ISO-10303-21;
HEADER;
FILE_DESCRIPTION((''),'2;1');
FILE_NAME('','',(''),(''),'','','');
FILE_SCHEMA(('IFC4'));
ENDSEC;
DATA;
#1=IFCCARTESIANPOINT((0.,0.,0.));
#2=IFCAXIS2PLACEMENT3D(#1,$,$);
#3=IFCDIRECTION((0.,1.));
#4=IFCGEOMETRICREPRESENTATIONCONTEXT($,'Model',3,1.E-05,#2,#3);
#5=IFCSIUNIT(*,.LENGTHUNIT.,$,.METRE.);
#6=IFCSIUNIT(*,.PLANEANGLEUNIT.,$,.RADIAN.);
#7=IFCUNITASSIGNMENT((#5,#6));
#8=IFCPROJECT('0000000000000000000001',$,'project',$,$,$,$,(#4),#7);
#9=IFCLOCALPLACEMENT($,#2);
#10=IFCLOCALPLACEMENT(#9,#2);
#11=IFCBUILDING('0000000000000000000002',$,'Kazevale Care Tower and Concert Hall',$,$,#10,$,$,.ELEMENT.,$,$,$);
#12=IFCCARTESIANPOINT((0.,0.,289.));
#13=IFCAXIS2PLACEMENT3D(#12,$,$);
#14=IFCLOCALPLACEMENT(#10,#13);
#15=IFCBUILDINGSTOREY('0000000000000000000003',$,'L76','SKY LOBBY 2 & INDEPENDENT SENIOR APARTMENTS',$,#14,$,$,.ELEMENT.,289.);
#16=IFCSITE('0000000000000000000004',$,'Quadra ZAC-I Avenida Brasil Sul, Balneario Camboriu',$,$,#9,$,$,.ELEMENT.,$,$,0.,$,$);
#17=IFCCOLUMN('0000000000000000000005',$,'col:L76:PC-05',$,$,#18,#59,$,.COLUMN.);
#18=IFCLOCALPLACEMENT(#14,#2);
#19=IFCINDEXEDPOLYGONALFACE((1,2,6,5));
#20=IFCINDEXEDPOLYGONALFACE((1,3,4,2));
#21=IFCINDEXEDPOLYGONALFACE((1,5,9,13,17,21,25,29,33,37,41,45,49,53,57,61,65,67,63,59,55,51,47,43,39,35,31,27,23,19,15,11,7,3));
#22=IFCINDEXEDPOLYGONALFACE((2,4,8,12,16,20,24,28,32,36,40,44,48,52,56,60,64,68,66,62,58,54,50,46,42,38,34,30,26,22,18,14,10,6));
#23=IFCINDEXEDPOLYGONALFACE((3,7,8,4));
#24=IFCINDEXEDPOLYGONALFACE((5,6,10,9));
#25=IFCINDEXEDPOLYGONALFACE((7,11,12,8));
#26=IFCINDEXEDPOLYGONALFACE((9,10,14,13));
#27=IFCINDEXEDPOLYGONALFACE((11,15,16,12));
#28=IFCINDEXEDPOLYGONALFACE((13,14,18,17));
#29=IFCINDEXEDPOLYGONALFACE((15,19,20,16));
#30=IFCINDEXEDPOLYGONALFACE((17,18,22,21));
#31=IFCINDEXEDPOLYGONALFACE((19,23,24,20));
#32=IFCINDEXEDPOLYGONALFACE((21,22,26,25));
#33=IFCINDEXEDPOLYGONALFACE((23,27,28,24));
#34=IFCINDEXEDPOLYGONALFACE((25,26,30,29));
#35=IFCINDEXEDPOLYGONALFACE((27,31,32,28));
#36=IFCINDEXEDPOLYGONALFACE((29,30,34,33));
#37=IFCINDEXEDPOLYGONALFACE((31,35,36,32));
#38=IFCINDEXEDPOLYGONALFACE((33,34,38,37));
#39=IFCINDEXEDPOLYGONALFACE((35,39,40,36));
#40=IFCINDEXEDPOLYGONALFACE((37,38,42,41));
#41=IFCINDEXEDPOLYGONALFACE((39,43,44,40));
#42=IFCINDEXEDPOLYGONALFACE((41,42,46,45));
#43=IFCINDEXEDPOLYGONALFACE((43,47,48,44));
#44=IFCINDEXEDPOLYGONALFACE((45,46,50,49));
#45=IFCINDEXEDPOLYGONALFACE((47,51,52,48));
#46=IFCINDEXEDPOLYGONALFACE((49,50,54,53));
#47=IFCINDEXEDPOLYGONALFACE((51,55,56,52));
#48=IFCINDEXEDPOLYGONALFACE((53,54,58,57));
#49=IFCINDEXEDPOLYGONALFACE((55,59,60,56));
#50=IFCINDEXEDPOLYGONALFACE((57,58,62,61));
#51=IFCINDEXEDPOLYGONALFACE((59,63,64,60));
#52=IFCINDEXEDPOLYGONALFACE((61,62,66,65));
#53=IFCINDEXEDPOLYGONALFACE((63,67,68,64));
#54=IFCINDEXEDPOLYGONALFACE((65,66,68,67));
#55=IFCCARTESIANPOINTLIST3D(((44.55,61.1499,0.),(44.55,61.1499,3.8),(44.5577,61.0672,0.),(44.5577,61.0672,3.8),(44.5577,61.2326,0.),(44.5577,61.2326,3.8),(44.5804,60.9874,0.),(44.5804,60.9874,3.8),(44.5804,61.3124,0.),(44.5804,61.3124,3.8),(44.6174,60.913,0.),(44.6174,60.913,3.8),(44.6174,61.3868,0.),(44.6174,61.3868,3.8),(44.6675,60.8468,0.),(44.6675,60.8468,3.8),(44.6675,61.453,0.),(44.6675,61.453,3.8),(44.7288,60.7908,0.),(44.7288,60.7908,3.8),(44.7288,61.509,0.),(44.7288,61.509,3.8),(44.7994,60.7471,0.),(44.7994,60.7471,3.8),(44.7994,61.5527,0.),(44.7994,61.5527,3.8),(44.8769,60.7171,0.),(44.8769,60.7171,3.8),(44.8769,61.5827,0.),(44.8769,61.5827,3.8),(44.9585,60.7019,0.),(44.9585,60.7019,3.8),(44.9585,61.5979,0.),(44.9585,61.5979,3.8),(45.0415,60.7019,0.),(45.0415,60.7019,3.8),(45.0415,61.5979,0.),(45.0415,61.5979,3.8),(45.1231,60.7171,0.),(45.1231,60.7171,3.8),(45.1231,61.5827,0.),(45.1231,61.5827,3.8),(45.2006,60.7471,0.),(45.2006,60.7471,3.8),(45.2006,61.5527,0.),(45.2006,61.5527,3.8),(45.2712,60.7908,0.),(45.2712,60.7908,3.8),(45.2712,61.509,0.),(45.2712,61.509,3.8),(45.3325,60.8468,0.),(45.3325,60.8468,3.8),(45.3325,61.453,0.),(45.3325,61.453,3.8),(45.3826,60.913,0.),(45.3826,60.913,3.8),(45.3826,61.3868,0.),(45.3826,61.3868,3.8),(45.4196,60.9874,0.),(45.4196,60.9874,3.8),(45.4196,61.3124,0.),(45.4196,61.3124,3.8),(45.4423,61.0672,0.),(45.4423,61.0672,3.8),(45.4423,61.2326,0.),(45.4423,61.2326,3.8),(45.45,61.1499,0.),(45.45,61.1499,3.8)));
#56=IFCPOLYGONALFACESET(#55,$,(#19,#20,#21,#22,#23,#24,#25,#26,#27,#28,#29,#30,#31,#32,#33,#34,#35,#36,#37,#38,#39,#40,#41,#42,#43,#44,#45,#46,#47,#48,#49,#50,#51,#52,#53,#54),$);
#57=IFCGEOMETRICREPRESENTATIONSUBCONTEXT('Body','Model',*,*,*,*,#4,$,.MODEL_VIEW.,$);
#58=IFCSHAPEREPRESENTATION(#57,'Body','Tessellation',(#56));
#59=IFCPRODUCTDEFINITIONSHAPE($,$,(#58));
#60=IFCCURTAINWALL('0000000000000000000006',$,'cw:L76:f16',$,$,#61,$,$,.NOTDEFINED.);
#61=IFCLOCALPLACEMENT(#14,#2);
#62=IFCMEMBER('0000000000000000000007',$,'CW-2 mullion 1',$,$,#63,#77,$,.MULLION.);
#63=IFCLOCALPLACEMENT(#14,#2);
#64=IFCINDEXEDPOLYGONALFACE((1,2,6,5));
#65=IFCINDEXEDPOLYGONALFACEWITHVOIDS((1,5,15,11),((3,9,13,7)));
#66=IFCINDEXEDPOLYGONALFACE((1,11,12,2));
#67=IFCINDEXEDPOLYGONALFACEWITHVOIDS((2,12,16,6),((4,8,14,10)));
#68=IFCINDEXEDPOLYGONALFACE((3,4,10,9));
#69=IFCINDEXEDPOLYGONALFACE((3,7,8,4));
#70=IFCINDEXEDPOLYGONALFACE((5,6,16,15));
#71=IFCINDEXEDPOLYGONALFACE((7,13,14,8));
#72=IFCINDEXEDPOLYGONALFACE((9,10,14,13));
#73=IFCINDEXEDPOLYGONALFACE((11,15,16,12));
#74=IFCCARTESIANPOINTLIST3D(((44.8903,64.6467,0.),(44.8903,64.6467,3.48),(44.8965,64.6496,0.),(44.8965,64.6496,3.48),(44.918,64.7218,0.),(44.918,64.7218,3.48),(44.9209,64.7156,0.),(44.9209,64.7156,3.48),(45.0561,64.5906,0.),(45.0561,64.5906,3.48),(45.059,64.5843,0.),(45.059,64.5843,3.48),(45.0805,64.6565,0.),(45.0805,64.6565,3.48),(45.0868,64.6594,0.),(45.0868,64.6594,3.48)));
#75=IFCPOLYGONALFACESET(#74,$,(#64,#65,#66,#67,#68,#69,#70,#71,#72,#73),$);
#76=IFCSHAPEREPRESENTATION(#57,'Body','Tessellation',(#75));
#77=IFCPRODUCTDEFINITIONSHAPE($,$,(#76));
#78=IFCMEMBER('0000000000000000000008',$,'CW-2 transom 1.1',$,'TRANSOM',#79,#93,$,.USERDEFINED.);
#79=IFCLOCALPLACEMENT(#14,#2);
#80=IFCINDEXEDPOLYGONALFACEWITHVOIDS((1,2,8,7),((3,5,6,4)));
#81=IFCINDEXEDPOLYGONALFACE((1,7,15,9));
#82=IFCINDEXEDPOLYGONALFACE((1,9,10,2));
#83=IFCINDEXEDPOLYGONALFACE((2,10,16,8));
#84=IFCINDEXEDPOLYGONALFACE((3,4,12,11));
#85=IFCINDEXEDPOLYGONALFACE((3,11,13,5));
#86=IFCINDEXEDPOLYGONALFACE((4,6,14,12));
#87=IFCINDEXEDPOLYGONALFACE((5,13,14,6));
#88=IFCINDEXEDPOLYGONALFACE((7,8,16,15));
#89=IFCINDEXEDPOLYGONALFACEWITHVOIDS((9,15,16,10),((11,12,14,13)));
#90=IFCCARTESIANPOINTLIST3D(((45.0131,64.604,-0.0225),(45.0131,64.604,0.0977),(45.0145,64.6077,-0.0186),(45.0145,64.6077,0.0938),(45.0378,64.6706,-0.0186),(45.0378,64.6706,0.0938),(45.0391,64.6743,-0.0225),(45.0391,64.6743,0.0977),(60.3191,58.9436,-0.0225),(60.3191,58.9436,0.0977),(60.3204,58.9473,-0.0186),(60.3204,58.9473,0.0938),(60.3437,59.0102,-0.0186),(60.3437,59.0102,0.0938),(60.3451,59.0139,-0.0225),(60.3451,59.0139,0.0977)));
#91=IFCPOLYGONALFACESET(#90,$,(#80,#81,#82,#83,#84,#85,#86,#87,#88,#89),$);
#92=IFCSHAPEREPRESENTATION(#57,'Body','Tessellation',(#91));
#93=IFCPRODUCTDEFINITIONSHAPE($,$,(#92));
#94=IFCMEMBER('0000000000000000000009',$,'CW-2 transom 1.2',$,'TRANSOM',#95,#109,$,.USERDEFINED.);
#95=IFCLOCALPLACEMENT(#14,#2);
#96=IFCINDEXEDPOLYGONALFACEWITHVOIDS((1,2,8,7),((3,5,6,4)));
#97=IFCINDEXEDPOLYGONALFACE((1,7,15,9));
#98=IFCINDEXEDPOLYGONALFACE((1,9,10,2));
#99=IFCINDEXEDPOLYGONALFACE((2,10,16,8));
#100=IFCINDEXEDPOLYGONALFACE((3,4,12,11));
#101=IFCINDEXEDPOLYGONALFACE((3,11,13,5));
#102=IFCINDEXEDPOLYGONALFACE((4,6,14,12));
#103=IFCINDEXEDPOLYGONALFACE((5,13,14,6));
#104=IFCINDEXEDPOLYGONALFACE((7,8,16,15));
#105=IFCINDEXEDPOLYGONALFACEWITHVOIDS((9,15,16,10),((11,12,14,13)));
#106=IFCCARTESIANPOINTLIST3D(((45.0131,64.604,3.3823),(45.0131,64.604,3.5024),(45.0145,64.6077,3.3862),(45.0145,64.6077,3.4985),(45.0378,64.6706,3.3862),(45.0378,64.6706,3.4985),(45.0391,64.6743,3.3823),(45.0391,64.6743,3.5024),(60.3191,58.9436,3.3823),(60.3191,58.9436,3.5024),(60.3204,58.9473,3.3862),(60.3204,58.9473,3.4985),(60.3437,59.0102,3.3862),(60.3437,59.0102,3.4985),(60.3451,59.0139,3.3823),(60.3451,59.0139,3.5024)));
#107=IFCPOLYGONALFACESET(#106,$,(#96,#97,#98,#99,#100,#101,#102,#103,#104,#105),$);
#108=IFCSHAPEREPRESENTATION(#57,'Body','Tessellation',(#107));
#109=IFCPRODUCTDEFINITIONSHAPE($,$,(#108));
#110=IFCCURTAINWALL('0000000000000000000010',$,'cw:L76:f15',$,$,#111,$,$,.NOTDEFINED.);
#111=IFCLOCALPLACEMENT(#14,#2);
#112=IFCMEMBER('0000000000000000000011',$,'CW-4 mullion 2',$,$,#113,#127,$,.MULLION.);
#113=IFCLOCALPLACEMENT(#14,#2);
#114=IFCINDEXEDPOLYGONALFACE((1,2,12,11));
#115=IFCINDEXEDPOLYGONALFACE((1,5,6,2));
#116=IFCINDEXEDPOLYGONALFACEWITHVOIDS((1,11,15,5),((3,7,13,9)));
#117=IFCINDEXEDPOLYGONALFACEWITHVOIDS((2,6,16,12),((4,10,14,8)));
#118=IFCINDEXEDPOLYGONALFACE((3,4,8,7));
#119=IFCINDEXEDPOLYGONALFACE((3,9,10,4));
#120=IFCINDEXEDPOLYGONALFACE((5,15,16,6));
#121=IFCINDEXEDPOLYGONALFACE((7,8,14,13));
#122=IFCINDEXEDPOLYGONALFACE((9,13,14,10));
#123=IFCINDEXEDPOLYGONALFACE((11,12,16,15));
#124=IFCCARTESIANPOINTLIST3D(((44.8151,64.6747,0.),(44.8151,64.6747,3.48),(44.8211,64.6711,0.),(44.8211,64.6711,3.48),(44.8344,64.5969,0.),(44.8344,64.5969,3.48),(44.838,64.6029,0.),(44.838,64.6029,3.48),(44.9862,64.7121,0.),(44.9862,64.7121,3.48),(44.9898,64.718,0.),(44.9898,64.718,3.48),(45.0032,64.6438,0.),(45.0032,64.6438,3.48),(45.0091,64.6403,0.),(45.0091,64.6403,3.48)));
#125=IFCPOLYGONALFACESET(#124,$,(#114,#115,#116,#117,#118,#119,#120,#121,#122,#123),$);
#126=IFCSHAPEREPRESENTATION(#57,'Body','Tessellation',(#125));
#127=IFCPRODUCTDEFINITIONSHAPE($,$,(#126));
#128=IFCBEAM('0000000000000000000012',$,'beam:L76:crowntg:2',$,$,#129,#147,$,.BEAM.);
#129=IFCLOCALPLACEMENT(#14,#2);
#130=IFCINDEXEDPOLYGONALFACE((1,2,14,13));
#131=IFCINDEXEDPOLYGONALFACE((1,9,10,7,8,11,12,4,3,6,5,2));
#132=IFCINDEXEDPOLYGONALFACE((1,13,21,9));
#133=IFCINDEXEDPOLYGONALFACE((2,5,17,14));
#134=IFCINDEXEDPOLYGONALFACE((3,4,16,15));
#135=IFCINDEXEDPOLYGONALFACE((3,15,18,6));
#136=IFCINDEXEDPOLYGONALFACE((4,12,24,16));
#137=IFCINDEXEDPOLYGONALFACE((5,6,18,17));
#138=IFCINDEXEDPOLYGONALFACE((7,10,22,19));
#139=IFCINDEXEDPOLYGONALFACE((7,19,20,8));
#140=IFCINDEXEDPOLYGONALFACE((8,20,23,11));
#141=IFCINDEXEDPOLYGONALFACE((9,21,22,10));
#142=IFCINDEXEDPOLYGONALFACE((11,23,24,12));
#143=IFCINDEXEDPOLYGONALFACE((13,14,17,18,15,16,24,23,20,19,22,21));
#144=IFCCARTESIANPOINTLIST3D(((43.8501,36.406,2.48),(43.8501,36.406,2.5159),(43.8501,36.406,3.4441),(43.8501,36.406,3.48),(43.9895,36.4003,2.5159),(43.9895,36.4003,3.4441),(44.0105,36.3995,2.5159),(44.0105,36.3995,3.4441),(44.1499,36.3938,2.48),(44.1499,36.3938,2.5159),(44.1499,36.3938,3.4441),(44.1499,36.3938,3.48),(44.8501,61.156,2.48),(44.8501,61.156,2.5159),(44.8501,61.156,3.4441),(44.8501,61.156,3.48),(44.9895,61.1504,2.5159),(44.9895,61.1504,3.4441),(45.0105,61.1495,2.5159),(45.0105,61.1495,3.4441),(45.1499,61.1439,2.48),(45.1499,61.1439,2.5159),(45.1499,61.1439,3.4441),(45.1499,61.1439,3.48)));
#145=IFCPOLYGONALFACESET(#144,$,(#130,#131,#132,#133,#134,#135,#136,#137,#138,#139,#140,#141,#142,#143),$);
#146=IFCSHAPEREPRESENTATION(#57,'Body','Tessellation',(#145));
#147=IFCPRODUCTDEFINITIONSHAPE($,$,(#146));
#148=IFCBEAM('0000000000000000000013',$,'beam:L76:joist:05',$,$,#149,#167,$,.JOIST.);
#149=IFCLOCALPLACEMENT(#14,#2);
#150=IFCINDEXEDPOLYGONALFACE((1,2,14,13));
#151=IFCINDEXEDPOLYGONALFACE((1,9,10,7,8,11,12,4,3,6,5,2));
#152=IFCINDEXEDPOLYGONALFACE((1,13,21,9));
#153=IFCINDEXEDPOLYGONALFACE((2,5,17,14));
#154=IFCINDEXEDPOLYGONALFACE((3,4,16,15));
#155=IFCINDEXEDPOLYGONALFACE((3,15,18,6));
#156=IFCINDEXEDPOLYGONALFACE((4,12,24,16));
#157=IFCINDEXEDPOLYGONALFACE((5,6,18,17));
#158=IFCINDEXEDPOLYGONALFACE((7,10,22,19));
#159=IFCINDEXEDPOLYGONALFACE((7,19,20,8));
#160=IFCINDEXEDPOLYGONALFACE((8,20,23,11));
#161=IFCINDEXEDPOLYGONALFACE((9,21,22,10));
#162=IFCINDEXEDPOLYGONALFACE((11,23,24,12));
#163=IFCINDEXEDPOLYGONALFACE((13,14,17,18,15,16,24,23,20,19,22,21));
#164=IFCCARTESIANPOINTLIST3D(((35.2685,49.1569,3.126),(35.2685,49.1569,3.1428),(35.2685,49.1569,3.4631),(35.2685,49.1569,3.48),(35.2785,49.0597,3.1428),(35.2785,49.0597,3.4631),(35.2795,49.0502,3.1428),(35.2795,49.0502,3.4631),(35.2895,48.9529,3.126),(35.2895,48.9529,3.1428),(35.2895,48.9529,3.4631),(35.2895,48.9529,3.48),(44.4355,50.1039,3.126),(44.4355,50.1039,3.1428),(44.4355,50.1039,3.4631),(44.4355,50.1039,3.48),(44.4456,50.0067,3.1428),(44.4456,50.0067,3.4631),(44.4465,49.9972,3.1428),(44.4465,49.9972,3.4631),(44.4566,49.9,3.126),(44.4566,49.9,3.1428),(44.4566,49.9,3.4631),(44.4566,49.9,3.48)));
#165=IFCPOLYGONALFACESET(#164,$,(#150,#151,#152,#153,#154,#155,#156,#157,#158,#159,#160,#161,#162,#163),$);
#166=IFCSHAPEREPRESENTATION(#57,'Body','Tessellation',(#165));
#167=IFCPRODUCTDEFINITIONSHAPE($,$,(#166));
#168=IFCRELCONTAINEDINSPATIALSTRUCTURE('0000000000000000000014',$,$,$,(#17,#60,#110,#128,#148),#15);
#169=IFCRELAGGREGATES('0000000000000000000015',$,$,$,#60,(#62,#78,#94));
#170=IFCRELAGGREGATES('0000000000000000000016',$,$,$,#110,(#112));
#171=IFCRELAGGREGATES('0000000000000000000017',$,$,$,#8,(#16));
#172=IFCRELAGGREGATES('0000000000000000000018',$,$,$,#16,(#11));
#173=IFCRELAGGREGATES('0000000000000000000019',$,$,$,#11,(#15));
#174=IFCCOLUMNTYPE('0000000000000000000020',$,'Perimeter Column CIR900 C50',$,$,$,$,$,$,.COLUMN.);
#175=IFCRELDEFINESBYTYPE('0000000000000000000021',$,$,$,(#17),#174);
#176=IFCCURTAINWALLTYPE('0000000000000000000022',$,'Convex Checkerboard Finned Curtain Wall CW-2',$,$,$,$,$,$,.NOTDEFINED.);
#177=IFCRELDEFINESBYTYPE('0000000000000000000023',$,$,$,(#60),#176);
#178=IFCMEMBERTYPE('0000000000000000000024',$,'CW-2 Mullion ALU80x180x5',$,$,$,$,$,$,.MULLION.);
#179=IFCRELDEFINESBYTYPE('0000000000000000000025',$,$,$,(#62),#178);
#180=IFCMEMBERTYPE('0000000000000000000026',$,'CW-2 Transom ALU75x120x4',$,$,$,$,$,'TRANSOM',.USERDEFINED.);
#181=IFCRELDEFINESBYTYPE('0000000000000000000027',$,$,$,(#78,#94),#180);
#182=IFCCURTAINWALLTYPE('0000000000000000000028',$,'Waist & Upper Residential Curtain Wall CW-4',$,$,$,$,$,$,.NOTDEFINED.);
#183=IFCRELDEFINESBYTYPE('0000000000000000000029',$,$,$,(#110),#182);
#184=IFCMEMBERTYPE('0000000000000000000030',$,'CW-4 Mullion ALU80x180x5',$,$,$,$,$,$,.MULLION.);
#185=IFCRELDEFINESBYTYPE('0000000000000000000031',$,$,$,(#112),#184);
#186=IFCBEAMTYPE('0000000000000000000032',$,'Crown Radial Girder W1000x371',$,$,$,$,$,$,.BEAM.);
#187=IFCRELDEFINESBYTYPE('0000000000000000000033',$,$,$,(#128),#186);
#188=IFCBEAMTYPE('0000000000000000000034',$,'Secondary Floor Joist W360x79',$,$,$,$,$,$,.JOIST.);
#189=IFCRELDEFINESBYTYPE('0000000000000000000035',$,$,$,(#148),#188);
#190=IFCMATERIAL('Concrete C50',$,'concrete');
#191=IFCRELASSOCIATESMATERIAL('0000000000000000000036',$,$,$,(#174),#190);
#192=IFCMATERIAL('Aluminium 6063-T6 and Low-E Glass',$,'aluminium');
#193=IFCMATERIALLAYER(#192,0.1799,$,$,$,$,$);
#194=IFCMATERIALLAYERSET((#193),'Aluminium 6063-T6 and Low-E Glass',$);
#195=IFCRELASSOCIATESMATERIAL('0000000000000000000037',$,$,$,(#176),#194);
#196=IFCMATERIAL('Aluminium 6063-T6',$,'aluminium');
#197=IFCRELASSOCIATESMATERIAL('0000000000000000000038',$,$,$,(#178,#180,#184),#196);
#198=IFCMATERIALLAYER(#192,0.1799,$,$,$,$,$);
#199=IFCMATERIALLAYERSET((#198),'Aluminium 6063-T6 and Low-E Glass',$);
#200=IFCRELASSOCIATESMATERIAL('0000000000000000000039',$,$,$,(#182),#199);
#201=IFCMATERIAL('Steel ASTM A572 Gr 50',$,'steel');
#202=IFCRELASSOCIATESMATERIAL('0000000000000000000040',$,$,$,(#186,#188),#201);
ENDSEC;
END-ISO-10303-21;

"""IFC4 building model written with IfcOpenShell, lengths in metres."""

from ifc_helpers import new_model, si_unit, direction, frame, origin, origin_2d, place, context, subcontext, project, spatial, hollow_rectangle, circle, i_section, extrude, material, layer, layer_set, material_profile, profile_set, type_object, element, aggregate, save


model = new_model("IFC4")

# Units and contexts
model_context = context("Model", 3, precision=1e-05, world=origin(), true_north=direction((0.0, 1.0)))
body_context = subcontext(model_context, "Body", "Model", "MODEL_VIEW")
ifc_project = project(units=[si_unit("LENGTHUNIT", "METRE"), si_unit("PLANEANGLEUNIT", "RADIAN")], contexts=[model_context])

# Site, building, storey
site_placement = place(None, origin())
site = spatial("IfcSite", under=ifc_project, at=site_placement, Name="Quadra ZAC-I Avenida Brasil Sul, Balneario Camboriu", CompositionType="ELEMENT", RefElevation=0.0)
building_placement = place(site_placement, origin())
building = spatial("IfcBuilding", under=site, at=building_placement, Name="Kazevale Care Tower and Concert Hall", CompositionType="ELEMENT")
storey_placement = place(building_placement, frame((0.0, 0.0, 289.0)))
storey = spatial("IfcBuildingStorey", under=building, at=storey_placement, Name="L76", Description="SKY LOBBY 2 & INDEPENDENT SENIOR APARTMENTS", CompositionType="ELEMENT", Elevation=289.0)

# Column
ifc_material_1 = material(Name="Concrete C50", Category="concrete")
ifc_material_profile_1 = material_profile(ifc_material_1, circle(Radius=0.45, at=origin_2d()), Name="RC-CIR900")
ifc_profile_set_1 = profile_set([ifc_material_profile_1], Name="Concrete C50")
column_type = type_object("IfcColumnType", Name="Perimeter Column CIR900 C50", PredefinedType="COLUMN", material=ifc_profile_set_1)
column_placement = place(storey_placement, frame((45.0, 61.1499, 0.0), z_axis=(0.0, 0.0, 1.0), x_axis=(1.0, 0.0, 0.0)))
element("IfcColumn", 1, at=column_placement, inside=storey, type_object=column_type, Name="col:L76:PC-05", PredefinedType="COLUMN", context=body_context, shape_type="SweptSolid", body=[
    extrude(circle(Radius=0.45, at=origin_2d()), origin(), (0.0, 0.0, 1.0), 3.8),
])

# Curtain wall, members
ifc_material_2 = material(Name="Aluminium 6063-T6 and Low-E Glass", Category="aluminium")
ifc_layer_1 = layer(ifc_material_2, 0.1799)
ifc_layer_set_1 = layer_set([ifc_layer_1], Name="Aluminium 6063-T6 and Low-E Glass")
curtain_wall_type_1 = type_object("IfcCurtainWallType", Name="Convex Checkerboard Finned Curtain Wall CW-2", PredefinedType="NOTDEFINED", material=ifc_layer_set_1)
curtain_wall_1_placement = place(storey_placement, origin())
curtain_wall_1 = element("IfcCurtainWall", 2, at=curtain_wall_1_placement, inside=storey, type_object=curtain_wall_type_1, Name="cw:L76:f16", PredefinedType="NOTDEFINED")
ifc_material_3 = material(Name="Aluminium 6063-T6", Category="aluminium")
ifc_material_profile_2 = material_profile(ifc_material_3, hollow_rectangle(XDim=0.0801, YDim=0.1799, WallThickness=0.0049, at=origin_2d()), Name="ALU80x180x5")
ifc_profile_set_2 = profile_set([ifc_material_profile_2], Name="Aluminium 6063-T6")
member_type_1 = type_object("IfcMemberType", Name="CW-2 Mullion ALU80x180x5", PredefinedType="MULLION", material=ifc_profile_set_2)
member_1_placement = place(storey_placement, frame((44.9885, 64.6531, 0.0), z_axis=(0.0, 0.0, 1.0), x_axis=(0.346864, 0.937916, 0.0)))
member_1 = element("IfcMember", 3, at=member_1_placement, type_object=member_type_1, Name="CW-2 mullion 1", PredefinedType="MULLION", context=body_context, shape_type="SweptSolid", body=[
    extrude(hollow_rectangle(XDim=0.0801, YDim=0.1799, WallThickness=0.0049, at=origin_2d()), origin(), (0.0, 0.0, 1.0), 3.48),
])
ifc_material_profile_3 = material_profile(ifc_material_3, hollow_rectangle(XDim=0.075, YDim=0.1201, WallThickness=0.0039, at=origin_2d()), Name="ALU75x120x4")
ifc_profile_set_3 = profile_set([ifc_material_profile_3], Name="Aluminium 6063-T6")
member_type_2 = type_object("IfcMemberType", Name="CW-2 Transom ALU75x120x4", ElementType="TRANSOM", PredefinedType="USERDEFINED", material=ifc_profile_set_3)
member_2_placement = place(storey_placement, frame((45.0261, 64.6392, 0.0376), z_axis=(0.937917, -0.346859, 0.0), x_axis=(0.346859, 0.937917, 0.0)))
member_2 = element("IfcMember", 4, at=member_2_placement, type_object=member_type_2, Name="CW-2 transom 1.1", ObjectType="TRANSOM", PredefinedType="USERDEFINED", context=body_context, shape_type="SweptSolid", body=[
    extrude(hollow_rectangle(XDim=0.075, YDim=0.1201, WallThickness=0.0039, at=origin_2d()), origin(), (0.0, 0.0, 1.0), 16.3191),
])
member_3_placement = place(storey_placement, frame((45.0261, 64.6392, 3.4424), z_axis=(0.937917, -0.346859, 0.0), x_axis=(0.346859, 0.937917, 0.0)))
member_3 = element("IfcMember", 5, at=member_3_placement, type_object=member_type_2, Name="CW-2 transom 1.2", ObjectType="TRANSOM", PredefinedType="USERDEFINED", context=body_context, shape_type="SweptSolid", body=[
    extrude(hollow_rectangle(XDim=0.075, YDim=0.1201, WallThickness=0.0039, at=origin_2d()), origin(), (0.0, 0.0, 1.0), 16.3191),
])
aggregate(curtain_wall_1, [member_1, member_2, member_3])

# Curtain wall, member
ifc_layer_2 = layer(ifc_material_2, 0.1799)
ifc_layer_set_2 = layer_set([ifc_layer_2], Name="Aluminium 6063-T6 and Low-E Glass")
curtain_wall_type_2 = type_object("IfcCurtainWallType", Name="Waist & Upper Residential Curtain Wall CW-4", PredefinedType="NOTDEFINED", material=ifc_layer_set_2)
curtain_wall_2_placement = place(storey_placement, origin())
curtain_wall_2 = element("IfcCurtainWall", 6, at=curtain_wall_2_placement, inside=storey, type_object=curtain_wall_type_2, Name="cw:L76:f15", PredefinedType="NOTDEFINED")
ifc_material_profile_4 = material_profile(ifc_material_3, hollow_rectangle(XDim=0.0801, YDim=0.1799, WallThickness=0.0049, at=origin_2d()), Name="ALU80x180x5")
ifc_profile_set_4 = profile_set([ifc_material_profile_4], Name="Aluminium 6063-T6")
member_type_3 = type_object("IfcMemberType", Name="CW-4 Mullion ALU80x180x5", PredefinedType="MULLION", material=ifc_profile_set_4)
member_4_placement = place(storey_placement, frame((44.9121, 64.6575, 0.0), z_axis=(0.0, 0.0, 1.0), x_axis=(-0.240891, 0.970552, 0.0)))
member_4 = element("IfcMember", 7, at=member_4_placement, type_object=member_type_3, Name="CW-4 mullion 2", PredefinedType="MULLION", context=body_context, shape_type="SweptSolid", body=[
    extrude(hollow_rectangle(XDim=0.0801, YDim=0.1799, WallThickness=0.0049, at=origin_2d()), origin(), (0.0, 0.0, 1.0), 3.48),
])

# Beams
ifc_material_4 = material(Name="Steel ASTM A572 Gr 50", Category="steel")
ifc_material_profile_5 = material_profile(ifc_material_4, i_section(OverallWidth=0.3, OverallDepth=1.0, WebThickness=0.021, FlangeThickness=0.0359, at=origin_2d()), Name="W1000x371")
ifc_profile_set_5 = profile_set([ifc_material_profile_5], Name="Steel ASTM A572 Gr 50")
beam_type_1 = type_object("IfcBeamType", Name="Crown Radial Girder W1000x371", PredefinedType="BEAM", material=ifc_profile_set_5)
beam_1_placement = place(storey_placement, frame((44.0, 36.3999, 2.98), z_axis=(0.040371, 0.999185, 0.0), x_axis=(-0.999185, 0.040371, 0.0)))
element("IfcBeam", 8, at=beam_1_placement, inside=storey, type_object=beam_type_1, Name="beam:L76:crowntg:2", PredefinedType="BEAM", context=body_context, shape_type="SweptSolid", body=[
    extrude(i_section(OverallWidth=0.3, OverallDepth=1.0, WebThickness=0.021, FlangeThickness=0.0359, at=origin_2d()), origin(), (0.0, 0.0, 1.0), 24.7703),
])
ifc_material_profile_6 = material_profile(ifc_material_4, i_section(OverallWidth=0.2051, OverallDepth=0.354, WebThickness=0.0095, FlangeThickness=0.0168, at=origin_2d()), Name="W360x79")
ifc_profile_set_6 = profile_set([ifc_material_profile_6], Name="Steel ASTM A572 Gr 50")
beam_type_2 = type_object("IfcBeamType", Name="Secondary Floor Joist W360x79", PredefinedType="JOIST", material=ifc_profile_set_6)
beam_2_placement = place(storey_placement, frame((44.446, 50.002, 3.303), z_axis=(-0.994706, -0.102761, 0.0), x_axis=(0.102761, -0.994706, 0.0)))
element("IfcBeam", 9, at=beam_2_placement, inside=storey, type_object=beam_type_2, Name="beam:L76:joist:05", PredefinedType="JOIST", context=body_context, shape_type="SweptSolid", body=[
    extrude(i_section(OverallWidth=0.2051, OverallDepth=0.354, WebThickness=0.0095, FlangeThickness=0.0168, at=origin_2d()), origin(), (0.0, 0.0, 1.0), 9.2158),
])

aggregate(curtain_wall_2, [member_4])

save(model, "model.ifc")
